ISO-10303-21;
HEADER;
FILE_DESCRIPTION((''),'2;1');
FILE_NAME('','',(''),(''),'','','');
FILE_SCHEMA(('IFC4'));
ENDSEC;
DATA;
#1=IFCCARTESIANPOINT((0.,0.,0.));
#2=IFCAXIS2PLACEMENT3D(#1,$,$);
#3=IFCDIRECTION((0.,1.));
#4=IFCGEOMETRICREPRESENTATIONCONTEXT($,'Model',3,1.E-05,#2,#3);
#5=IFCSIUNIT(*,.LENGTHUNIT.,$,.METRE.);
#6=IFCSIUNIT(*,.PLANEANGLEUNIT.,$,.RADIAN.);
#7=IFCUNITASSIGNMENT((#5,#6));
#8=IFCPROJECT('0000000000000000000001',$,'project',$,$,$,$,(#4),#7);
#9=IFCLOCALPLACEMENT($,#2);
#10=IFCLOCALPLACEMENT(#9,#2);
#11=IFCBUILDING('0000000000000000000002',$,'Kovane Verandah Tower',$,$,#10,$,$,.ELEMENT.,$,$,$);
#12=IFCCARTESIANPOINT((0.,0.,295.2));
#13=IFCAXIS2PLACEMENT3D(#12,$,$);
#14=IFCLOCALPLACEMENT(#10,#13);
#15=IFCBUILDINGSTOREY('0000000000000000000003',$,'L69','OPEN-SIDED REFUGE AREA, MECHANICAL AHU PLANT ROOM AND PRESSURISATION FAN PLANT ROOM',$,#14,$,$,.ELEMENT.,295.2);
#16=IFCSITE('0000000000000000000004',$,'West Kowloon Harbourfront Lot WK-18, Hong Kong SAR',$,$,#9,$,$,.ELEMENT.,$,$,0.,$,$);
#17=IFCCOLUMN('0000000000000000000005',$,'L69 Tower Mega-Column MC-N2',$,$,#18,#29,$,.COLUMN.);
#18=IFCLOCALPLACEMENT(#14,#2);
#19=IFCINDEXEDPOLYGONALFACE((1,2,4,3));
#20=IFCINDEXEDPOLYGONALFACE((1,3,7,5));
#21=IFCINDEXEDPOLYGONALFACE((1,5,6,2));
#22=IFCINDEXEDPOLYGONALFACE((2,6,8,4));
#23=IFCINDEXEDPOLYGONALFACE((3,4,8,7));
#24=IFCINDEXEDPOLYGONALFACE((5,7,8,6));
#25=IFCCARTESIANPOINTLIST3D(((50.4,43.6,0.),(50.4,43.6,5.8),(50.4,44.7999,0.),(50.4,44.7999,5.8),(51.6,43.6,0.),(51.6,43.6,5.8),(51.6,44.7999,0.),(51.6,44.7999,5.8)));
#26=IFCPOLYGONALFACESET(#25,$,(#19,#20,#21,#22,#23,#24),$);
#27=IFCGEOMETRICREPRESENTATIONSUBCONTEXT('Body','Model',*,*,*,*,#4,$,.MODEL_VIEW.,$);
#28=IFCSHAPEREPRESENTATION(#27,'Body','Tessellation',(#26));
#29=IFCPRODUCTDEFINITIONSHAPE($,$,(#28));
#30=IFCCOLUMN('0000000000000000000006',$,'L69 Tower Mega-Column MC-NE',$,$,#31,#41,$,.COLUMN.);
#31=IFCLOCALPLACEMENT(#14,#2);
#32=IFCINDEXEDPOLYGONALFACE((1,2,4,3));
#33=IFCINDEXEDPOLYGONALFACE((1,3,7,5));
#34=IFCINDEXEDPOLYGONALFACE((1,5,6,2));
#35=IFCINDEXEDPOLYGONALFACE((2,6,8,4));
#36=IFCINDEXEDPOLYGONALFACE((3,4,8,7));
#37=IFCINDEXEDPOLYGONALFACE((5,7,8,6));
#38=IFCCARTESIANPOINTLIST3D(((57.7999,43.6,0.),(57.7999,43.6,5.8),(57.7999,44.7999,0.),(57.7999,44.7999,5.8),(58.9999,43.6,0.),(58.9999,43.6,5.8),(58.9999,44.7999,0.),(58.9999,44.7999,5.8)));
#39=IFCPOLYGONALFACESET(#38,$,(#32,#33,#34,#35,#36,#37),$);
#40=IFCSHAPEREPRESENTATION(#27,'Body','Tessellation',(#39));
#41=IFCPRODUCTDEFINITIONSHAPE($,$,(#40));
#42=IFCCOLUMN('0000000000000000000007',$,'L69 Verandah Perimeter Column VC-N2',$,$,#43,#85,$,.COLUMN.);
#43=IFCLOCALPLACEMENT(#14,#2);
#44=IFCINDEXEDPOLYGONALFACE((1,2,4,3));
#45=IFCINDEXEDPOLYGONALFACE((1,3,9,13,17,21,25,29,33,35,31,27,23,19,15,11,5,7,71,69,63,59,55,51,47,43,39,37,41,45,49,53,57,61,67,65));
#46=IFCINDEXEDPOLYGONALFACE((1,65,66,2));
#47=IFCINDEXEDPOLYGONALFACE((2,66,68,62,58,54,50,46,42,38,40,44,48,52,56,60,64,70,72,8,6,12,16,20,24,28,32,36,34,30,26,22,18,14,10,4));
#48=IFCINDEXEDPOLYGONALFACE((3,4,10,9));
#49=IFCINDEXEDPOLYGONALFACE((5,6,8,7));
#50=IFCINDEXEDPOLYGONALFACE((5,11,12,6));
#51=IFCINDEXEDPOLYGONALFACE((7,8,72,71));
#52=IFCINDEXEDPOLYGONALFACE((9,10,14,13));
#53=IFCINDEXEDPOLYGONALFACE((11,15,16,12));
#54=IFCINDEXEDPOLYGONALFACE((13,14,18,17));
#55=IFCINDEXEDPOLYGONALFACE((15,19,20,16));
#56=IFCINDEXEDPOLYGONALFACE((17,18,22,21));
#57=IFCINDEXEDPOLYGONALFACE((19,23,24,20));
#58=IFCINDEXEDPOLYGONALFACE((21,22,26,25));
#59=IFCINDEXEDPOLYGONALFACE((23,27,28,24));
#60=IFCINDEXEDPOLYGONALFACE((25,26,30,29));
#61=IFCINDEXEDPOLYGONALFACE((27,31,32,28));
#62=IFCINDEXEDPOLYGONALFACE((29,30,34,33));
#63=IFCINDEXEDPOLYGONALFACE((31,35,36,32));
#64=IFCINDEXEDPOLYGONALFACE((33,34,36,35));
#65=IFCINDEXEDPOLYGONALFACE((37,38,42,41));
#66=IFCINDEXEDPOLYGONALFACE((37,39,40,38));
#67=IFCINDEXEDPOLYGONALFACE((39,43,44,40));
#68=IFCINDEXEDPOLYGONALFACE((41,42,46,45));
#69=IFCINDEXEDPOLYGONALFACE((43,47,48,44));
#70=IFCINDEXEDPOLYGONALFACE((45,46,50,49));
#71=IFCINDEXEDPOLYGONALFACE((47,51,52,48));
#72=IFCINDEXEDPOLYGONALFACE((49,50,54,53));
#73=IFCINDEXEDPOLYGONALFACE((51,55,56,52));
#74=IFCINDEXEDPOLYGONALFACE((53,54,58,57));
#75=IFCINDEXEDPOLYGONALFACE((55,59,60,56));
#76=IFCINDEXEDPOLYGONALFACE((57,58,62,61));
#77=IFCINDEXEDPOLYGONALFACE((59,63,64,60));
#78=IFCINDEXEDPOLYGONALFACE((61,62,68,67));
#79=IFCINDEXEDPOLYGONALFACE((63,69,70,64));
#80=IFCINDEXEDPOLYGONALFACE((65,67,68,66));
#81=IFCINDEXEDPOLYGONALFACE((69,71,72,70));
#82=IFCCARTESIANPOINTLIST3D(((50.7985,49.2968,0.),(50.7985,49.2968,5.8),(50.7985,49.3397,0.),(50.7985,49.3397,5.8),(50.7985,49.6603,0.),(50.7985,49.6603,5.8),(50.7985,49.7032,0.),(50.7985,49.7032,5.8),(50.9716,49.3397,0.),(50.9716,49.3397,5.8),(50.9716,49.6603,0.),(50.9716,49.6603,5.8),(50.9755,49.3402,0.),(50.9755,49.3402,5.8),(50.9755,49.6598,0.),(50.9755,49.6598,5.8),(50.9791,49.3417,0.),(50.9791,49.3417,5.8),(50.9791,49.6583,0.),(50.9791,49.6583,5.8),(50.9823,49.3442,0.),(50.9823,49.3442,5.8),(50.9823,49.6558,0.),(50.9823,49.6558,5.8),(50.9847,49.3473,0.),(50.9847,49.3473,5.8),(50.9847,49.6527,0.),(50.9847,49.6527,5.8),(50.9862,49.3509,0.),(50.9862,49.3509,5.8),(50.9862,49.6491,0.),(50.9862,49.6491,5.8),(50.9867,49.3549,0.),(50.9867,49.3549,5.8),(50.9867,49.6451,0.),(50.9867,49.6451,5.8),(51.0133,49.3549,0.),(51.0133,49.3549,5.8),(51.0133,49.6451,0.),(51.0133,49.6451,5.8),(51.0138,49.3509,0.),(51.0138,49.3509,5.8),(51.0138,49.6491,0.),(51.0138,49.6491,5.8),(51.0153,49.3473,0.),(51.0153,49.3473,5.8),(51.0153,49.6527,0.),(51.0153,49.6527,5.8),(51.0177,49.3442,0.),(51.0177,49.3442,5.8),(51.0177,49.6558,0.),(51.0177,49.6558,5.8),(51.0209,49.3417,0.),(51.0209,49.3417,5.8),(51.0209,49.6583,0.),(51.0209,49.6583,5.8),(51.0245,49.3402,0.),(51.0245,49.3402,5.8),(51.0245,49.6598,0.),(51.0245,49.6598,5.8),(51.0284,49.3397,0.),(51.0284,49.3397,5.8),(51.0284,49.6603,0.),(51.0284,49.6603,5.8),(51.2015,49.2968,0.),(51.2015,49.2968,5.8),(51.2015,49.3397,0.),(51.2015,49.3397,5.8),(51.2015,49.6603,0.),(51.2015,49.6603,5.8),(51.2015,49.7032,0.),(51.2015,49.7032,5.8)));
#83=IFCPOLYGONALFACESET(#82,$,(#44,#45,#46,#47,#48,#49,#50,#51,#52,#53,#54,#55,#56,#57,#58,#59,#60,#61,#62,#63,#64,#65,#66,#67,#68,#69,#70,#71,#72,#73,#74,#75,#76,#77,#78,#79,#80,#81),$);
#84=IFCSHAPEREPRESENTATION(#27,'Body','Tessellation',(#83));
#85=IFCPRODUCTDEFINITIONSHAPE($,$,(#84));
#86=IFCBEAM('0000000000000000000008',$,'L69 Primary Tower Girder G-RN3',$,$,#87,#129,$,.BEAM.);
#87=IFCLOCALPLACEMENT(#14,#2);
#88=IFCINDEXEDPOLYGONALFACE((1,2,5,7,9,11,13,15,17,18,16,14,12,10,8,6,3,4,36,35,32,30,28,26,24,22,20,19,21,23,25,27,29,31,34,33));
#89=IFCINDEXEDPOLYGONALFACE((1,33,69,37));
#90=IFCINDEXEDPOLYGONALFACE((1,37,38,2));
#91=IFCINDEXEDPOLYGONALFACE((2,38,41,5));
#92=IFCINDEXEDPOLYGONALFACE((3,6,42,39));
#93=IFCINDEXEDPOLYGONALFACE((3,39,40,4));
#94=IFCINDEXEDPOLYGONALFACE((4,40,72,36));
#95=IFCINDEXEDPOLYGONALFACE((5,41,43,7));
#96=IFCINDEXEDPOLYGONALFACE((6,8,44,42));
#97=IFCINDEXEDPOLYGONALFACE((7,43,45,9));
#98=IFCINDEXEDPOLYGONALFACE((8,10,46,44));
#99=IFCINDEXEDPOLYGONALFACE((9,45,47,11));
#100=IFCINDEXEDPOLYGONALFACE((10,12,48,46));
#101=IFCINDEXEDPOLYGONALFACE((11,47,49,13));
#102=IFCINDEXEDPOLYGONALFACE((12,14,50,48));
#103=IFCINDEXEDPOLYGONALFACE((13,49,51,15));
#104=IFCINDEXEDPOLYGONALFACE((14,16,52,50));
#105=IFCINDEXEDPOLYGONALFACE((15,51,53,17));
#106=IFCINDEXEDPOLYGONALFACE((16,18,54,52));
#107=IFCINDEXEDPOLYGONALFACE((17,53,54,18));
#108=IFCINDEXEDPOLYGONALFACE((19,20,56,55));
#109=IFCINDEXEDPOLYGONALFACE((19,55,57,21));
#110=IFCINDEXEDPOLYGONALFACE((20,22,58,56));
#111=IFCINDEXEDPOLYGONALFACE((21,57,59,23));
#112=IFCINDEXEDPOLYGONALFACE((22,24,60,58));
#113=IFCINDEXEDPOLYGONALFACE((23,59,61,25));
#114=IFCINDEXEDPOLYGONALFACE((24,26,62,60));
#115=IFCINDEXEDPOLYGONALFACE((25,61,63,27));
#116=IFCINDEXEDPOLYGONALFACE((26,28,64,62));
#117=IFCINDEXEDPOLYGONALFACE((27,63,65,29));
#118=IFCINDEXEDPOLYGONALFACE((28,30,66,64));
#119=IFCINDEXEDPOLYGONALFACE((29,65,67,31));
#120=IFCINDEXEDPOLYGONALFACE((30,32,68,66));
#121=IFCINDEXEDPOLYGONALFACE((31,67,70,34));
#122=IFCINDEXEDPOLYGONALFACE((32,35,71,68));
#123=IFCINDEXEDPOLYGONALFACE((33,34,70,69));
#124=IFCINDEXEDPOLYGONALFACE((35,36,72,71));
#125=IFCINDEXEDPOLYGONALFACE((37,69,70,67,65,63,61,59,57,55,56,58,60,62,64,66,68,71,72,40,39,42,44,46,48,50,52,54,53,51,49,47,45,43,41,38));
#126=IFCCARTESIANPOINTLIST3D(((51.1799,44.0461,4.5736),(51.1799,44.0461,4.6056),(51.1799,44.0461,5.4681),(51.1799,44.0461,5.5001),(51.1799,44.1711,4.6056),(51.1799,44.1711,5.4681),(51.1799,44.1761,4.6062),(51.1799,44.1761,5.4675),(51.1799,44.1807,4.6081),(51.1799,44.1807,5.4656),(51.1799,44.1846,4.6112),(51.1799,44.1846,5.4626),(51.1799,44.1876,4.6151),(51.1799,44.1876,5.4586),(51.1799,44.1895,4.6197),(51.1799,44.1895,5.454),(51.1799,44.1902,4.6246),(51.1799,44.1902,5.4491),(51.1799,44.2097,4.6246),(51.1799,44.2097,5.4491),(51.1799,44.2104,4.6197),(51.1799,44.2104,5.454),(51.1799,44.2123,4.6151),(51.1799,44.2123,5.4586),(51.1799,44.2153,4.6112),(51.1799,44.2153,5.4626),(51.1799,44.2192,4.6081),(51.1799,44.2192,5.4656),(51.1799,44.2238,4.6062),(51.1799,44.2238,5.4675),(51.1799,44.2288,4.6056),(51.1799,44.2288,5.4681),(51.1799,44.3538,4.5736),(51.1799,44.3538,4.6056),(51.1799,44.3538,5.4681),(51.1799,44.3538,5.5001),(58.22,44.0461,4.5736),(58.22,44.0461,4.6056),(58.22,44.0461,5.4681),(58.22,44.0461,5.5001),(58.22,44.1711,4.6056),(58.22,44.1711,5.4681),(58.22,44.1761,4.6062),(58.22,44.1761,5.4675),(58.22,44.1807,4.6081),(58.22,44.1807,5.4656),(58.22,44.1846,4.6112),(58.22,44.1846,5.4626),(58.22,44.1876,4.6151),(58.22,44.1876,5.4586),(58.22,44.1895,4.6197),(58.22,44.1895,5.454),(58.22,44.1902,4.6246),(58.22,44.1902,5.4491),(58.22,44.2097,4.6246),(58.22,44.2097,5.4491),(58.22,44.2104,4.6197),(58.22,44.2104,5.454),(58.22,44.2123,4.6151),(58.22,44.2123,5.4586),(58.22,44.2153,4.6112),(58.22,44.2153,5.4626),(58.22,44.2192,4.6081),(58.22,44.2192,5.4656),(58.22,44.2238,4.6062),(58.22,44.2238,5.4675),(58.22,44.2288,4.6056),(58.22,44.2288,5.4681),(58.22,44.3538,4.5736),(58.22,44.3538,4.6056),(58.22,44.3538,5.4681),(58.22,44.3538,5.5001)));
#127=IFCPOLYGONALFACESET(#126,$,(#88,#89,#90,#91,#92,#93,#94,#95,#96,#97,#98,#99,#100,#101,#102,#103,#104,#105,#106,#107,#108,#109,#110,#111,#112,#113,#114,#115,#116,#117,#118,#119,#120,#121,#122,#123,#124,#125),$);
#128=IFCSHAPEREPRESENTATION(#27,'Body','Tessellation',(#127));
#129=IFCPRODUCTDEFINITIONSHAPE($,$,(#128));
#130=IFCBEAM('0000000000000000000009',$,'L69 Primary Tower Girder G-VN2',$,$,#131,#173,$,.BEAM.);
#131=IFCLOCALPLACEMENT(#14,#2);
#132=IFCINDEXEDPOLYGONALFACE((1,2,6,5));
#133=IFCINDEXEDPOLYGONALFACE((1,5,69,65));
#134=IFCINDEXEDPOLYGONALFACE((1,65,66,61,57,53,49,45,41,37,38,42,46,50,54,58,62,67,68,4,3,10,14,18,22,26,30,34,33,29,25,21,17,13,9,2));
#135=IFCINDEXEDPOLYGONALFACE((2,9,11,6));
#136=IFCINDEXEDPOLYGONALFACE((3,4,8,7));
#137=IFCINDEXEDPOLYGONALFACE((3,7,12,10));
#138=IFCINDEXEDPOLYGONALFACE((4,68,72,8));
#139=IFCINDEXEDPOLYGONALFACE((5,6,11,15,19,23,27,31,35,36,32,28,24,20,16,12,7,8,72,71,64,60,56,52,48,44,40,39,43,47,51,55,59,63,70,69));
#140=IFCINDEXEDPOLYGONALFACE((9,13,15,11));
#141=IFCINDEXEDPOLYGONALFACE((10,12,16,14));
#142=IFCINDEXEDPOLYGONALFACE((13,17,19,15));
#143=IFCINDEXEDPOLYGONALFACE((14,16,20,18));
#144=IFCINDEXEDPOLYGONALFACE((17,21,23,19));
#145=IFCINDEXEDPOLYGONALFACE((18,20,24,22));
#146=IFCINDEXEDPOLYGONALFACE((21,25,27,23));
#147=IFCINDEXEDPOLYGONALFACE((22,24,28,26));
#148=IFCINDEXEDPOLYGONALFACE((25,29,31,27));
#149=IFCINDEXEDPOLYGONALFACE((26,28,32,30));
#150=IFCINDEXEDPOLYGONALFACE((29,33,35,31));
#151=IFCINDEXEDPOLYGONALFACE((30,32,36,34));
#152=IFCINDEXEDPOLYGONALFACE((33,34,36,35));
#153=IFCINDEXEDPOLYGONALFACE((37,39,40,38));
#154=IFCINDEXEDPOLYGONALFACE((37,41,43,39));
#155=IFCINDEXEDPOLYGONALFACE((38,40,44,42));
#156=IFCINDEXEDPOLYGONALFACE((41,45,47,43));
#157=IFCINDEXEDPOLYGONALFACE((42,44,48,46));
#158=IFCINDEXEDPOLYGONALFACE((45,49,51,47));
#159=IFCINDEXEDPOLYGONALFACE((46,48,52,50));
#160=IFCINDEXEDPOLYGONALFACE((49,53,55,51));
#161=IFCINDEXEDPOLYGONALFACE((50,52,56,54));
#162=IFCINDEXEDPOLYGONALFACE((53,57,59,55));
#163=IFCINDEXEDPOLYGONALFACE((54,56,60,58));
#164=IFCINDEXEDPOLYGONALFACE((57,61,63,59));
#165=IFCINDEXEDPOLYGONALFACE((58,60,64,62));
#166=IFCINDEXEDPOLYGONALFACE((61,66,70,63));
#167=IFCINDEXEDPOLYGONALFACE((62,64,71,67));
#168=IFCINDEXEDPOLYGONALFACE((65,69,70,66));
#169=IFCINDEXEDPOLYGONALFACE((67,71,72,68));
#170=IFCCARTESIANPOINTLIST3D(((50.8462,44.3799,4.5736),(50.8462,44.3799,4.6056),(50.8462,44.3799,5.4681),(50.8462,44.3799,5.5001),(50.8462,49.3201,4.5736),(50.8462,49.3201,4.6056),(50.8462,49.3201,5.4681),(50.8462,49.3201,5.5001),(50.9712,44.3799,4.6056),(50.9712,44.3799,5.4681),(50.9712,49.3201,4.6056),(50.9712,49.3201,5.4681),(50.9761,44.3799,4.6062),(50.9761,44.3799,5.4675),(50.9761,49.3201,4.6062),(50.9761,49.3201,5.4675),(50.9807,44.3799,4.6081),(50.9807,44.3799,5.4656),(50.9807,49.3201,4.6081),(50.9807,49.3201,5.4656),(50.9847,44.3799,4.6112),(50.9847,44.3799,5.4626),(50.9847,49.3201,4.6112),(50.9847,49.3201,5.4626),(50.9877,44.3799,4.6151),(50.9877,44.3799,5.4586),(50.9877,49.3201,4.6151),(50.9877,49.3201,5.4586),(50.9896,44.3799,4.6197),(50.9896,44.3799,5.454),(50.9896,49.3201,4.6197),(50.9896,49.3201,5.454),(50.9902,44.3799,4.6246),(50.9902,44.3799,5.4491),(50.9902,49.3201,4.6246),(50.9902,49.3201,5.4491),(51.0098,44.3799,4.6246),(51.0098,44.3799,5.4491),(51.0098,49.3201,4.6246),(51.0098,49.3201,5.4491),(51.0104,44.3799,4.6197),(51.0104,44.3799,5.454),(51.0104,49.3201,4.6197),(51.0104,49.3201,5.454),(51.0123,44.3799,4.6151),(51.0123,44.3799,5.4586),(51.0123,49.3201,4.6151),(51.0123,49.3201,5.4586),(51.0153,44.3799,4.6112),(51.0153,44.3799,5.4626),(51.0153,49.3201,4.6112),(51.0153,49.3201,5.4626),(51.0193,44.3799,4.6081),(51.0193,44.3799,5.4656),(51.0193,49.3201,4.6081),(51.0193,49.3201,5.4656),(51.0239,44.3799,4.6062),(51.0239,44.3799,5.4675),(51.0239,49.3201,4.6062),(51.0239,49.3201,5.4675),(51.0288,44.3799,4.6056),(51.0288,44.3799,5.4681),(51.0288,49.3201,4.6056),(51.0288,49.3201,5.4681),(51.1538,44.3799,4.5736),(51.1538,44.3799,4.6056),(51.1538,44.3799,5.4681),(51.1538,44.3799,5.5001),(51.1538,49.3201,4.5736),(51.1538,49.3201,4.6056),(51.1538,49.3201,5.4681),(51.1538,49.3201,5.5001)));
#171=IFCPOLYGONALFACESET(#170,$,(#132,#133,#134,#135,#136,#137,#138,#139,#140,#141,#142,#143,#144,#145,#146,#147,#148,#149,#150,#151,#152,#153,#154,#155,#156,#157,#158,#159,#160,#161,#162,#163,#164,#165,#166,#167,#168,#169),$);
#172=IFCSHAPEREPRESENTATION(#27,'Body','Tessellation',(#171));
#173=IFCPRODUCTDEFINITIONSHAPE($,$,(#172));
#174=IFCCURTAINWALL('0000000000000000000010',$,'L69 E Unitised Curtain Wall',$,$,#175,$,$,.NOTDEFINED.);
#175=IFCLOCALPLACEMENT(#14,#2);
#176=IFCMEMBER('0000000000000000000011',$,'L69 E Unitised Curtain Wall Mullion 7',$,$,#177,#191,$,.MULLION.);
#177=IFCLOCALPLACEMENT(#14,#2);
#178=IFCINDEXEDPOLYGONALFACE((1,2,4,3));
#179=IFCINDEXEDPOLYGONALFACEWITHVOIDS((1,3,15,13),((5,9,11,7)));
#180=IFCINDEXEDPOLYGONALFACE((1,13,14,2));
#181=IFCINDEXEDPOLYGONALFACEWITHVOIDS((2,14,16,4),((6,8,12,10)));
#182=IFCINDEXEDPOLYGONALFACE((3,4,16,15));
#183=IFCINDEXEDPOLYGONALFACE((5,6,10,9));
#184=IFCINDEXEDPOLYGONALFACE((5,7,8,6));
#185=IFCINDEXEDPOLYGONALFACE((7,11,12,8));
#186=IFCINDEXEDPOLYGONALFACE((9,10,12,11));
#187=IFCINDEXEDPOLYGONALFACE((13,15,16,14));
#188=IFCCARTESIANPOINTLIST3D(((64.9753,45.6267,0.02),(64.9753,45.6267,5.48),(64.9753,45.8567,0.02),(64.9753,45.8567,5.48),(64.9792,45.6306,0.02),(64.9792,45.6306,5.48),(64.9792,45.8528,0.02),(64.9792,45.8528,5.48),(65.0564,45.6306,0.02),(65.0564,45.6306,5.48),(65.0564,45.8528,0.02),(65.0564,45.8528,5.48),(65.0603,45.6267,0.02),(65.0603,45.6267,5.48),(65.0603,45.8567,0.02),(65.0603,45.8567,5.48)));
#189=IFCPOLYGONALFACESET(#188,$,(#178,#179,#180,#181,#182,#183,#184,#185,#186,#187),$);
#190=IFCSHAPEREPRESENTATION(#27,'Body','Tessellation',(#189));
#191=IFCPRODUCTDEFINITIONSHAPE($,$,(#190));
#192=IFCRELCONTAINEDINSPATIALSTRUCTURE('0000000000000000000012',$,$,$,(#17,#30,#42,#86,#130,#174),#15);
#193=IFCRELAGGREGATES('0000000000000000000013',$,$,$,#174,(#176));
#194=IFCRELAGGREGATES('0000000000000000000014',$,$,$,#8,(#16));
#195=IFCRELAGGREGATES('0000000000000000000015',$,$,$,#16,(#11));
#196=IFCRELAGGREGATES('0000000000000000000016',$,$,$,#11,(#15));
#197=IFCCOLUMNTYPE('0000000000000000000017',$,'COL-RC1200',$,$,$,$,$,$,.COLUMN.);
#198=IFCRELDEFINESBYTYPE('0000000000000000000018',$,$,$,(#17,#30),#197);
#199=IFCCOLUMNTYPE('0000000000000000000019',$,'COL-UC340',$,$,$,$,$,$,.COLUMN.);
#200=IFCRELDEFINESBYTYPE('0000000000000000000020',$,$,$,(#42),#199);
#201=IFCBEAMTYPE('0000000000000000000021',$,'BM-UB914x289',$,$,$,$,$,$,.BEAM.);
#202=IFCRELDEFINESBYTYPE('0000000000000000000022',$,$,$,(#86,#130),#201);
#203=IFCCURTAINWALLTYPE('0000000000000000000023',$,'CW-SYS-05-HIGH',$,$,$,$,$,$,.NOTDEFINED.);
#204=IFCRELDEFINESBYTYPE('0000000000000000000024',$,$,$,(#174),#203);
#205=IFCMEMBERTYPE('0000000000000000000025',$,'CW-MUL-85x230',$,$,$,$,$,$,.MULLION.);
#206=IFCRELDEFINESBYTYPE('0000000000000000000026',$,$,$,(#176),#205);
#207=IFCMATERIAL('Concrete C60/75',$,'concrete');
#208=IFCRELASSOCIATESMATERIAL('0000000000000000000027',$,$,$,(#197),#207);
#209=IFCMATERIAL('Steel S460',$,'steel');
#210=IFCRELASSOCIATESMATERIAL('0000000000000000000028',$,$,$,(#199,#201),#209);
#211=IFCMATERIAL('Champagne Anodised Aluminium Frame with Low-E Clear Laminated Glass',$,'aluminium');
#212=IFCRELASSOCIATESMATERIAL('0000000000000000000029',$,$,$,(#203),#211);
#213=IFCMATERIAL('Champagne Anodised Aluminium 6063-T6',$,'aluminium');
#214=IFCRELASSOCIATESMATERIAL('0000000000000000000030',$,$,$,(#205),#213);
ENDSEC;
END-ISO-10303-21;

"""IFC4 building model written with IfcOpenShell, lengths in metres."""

from ifc_helpers import new_model, si_unit, direction, frame, origin, origin_2d, place, context, subcontext, project, spatial, rectangle, hollow_rectangle, i_section, extrude, material, material_profile, profile_set, type_object, element, aggregate, save


model = new_model("IFC4")

# Units and contexts
model_context = context("Model", 3, precision=1e-05, world=origin(), true_north=direction((0.0, 1.0)))
body_context = subcontext(model_context, "Body", "Model", "MODEL_VIEW")
ifc_project = project(units=[si_unit("LENGTHUNIT", "METRE"), si_unit("PLANEANGLEUNIT", "RADIAN")], contexts=[model_context])

# Site, building, storey
site_placement = place(None, origin())
site = spatial("IfcSite", under=ifc_project, at=site_placement, Name="West Kowloon Harbourfront Lot WK-18, Hong Kong SAR", CompositionType="ELEMENT", RefElevation=0.0)
building_placement = place(site_placement, origin())
building = spatial("IfcBuilding", under=site, at=building_placement, Name="Kovane Verandah Tower", CompositionType="ELEMENT")
storey_placement = place(building_placement, frame((0.0, 0.0, 295.2)))
storey = spatial("IfcBuildingStorey", under=building, at=storey_placement, Name="L69", Description="OPEN-SIDED REFUGE AREA, MECHANICAL AHU PLANT ROOM AND PRESSURISATION FAN PLANT ROOM", CompositionType="ELEMENT", Elevation=295.2)

# Columns
ifc_material_1 = material(Name="Concrete C60/75", Category="concrete")
ifc_material_profile_1 = material_profile(ifc_material_1, rectangle(XDim=1.2, YDim=1.2, at=origin_2d()), Name="RC1200x1200")
ifc_profile_set_1 = profile_set([ifc_material_profile_1], Name="Concrete C60/75")
column_type_1 = type_object("IfcColumnType", Name="COL-RC1200", PredefinedType="COLUMN", material=ifc_profile_set_1)
for number, where, z_axis, x_axis, name in (
    (1, (51.0, 44.2, 0.0), (0.0, 0.0, 1.0), (1.0, 0.0, 0.0), "L69 Tower Mega-Column MC-N2"),
    (2, (58.3999, 44.2, 0.0), (0.0, 0.0, 1.0), (1.0, 0.0, 0.0), "L69 Tower Mega-Column MC-NE"),
):
    element("IfcColumn", number, at=place(storey_placement, frame(where, z_axis=z_axis, x_axis=x_axis)), inside=storey, type_object=column_type_1, Name=name, PredefinedType="COLUMN", context=body_context, shape_type="SweptSolid", body=[
        extrude(rectangle(XDim=1.2, YDim=1.2, at=origin_2d()), origin(), (0.0, 0.0, 1.0), 5.8),
    ])
ifc_material_2 = material(Name="Steel S460", Category="steel")
ifc_material_profile_2 = material_profile(ifc_material_2, i_section(OverallWidth=0.4031, OverallDepth=0.4065, WebThickness=0.0266, FlangeThickness=0.043, FilletRadius=0.0151, at=origin_2d()), Name="UC356x406x340")
ifc_profile_set_2 = profile_set([ifc_material_profile_2], Name="Steel S460")
column_type_2 = type_object("IfcColumnType", Name="COL-UC340", PredefinedType="COLUMN", material=ifc_profile_set_2)
column_placement = place(storey_placement, frame((51.0, 49.5, 0.0), z_axis=(0.0, 0.0, 1.0), x_axis=(1.0, 0.0, 0.0)))
element("IfcColumn", 3, at=column_placement, inside=storey, type_object=column_type_2, Name="L69 Verandah Perimeter Column VC-N2", PredefinedType="COLUMN", context=body_context, shape_type="SweptSolid", body=[
    extrude(i_section(OverallWidth=0.4031, OverallDepth=0.4065, WebThickness=0.0266, FlangeThickness=0.043, FilletRadius=0.0151, at=origin_2d()), origin(), (0.0, 0.0, 1.0), 5.8),
])

# Beams
ifc_material_profile_3 = material_profile(ifc_material_2, i_section(OverallWidth=0.3076, OverallDepth=0.9265, WebThickness=0.0195, FlangeThickness=0.032, FilletRadius=0.019, at=origin_2d()), Name="UB914x305x289")
ifc_profile_set_3 = profile_set([ifc_material_profile_3], Name="Steel S460")
beam_type = type_object("IfcBeamType", Name="BM-UB914x289", PredefinedType="BEAM", material=ifc_profile_set_3)
beam_1_placement = place(storey_placement, frame((51.1799, 44.2, 5.0369), z_axis=(1.0, 0.0, 0.0), x_axis=(0.0, 1.0, 0.0)))
element("IfcBeam", 4, at=beam_1_placement, inside=storey, type_object=beam_type, Name="L69 Primary Tower Girder G-RN3", PredefinedType="BEAM", context=body_context, shape_type="SweptSolid", body=[
    extrude(i_section(OverallWidth=0.3076, OverallDepth=0.9265, WebThickness=0.0195, FlangeThickness=0.032, FilletRadius=0.019, at=origin_2d()), origin(), (0.0, 0.0, 1.0), 7.04),
])
beam_2_placement = place(storey_placement, frame((51.0, 44.3799, 5.0369), z_axis=(0.0, 1.0, 0.0), x_axis=(-1.0, 0.0, 0.0)))
element("IfcBeam", 5, at=beam_2_placement, inside=storey, type_object=beam_type, Name="L69 Primary Tower Girder G-VN2", PredefinedType="BEAM", context=body_context, shape_type="SweptSolid", body=[
    extrude(i_section(OverallWidth=0.3076, OverallDepth=0.9265, WebThickness=0.0195, FlangeThickness=0.032, FilletRadius=0.019, at=origin_2d()), origin(), (0.0, 0.0, 1.0), 4.9402),
])

# Curtain wall, member
ifc_material_3 = material(Name="Champagne Anodised Aluminium Frame with Low-E Clear Laminated Glass", Category="aluminium")
curtain_wall_type = type_object("IfcCurtainWallType", Name="CW-SYS-05-HIGH", PredefinedType="NOTDEFINED", material=ifc_material_3)
curtain_wall_1_placement = place(storey_placement, origin())
curtain_wall_1 = element("IfcCurtainWall", 6, at=curtain_wall_1_placement, inside=storey, type_object=curtain_wall_type, Name="L69 E Unitised Curtain Wall", PredefinedType="NOTDEFINED")
ifc_material_4 = material(Name="Champagne Anodised Aluminium 6063-T6", Category="aluminium")
ifc_material_profile_4 = material_profile(ifc_material_4, hollow_rectangle(XDim=0.085, YDim=0.23, WallThickness=0.0039, at=origin_2d()), Name="AL85x230x4")
ifc_profile_set_4 = profile_set([ifc_material_profile_4], Name="Champagne Anodised Aluminium 6063-T6")
member_type_1 = type_object("IfcMemberType", Name="CW-MUL-85x230", PredefinedType="MULLION", material=ifc_profile_set_4)
member_1_placement = place(storey_placement, frame((65.0178, 45.7417, 0.02), z_axis=(0.0, 0.0, 1.0), x_axis=(1.0, 0.0, 0.0)))
member_1 = element("IfcMember", 7, at=member_1_placement, type_object=member_type_1, Name="L69 E Unitised Curtain Wall Mullion 7", PredefinedType="MULLION", context=body_context, shape_type="SweptSolid", body=[
    extrude(hollow_rectangle(XDim=0.085, YDim=0.23, WallThickness=0.0039, at=origin_2d()), origin(), (0.0, 0.0, 1.0), 5.46),
])

aggregate(curtain_wall_1, [member_1])

save(model, "model.ifc")
